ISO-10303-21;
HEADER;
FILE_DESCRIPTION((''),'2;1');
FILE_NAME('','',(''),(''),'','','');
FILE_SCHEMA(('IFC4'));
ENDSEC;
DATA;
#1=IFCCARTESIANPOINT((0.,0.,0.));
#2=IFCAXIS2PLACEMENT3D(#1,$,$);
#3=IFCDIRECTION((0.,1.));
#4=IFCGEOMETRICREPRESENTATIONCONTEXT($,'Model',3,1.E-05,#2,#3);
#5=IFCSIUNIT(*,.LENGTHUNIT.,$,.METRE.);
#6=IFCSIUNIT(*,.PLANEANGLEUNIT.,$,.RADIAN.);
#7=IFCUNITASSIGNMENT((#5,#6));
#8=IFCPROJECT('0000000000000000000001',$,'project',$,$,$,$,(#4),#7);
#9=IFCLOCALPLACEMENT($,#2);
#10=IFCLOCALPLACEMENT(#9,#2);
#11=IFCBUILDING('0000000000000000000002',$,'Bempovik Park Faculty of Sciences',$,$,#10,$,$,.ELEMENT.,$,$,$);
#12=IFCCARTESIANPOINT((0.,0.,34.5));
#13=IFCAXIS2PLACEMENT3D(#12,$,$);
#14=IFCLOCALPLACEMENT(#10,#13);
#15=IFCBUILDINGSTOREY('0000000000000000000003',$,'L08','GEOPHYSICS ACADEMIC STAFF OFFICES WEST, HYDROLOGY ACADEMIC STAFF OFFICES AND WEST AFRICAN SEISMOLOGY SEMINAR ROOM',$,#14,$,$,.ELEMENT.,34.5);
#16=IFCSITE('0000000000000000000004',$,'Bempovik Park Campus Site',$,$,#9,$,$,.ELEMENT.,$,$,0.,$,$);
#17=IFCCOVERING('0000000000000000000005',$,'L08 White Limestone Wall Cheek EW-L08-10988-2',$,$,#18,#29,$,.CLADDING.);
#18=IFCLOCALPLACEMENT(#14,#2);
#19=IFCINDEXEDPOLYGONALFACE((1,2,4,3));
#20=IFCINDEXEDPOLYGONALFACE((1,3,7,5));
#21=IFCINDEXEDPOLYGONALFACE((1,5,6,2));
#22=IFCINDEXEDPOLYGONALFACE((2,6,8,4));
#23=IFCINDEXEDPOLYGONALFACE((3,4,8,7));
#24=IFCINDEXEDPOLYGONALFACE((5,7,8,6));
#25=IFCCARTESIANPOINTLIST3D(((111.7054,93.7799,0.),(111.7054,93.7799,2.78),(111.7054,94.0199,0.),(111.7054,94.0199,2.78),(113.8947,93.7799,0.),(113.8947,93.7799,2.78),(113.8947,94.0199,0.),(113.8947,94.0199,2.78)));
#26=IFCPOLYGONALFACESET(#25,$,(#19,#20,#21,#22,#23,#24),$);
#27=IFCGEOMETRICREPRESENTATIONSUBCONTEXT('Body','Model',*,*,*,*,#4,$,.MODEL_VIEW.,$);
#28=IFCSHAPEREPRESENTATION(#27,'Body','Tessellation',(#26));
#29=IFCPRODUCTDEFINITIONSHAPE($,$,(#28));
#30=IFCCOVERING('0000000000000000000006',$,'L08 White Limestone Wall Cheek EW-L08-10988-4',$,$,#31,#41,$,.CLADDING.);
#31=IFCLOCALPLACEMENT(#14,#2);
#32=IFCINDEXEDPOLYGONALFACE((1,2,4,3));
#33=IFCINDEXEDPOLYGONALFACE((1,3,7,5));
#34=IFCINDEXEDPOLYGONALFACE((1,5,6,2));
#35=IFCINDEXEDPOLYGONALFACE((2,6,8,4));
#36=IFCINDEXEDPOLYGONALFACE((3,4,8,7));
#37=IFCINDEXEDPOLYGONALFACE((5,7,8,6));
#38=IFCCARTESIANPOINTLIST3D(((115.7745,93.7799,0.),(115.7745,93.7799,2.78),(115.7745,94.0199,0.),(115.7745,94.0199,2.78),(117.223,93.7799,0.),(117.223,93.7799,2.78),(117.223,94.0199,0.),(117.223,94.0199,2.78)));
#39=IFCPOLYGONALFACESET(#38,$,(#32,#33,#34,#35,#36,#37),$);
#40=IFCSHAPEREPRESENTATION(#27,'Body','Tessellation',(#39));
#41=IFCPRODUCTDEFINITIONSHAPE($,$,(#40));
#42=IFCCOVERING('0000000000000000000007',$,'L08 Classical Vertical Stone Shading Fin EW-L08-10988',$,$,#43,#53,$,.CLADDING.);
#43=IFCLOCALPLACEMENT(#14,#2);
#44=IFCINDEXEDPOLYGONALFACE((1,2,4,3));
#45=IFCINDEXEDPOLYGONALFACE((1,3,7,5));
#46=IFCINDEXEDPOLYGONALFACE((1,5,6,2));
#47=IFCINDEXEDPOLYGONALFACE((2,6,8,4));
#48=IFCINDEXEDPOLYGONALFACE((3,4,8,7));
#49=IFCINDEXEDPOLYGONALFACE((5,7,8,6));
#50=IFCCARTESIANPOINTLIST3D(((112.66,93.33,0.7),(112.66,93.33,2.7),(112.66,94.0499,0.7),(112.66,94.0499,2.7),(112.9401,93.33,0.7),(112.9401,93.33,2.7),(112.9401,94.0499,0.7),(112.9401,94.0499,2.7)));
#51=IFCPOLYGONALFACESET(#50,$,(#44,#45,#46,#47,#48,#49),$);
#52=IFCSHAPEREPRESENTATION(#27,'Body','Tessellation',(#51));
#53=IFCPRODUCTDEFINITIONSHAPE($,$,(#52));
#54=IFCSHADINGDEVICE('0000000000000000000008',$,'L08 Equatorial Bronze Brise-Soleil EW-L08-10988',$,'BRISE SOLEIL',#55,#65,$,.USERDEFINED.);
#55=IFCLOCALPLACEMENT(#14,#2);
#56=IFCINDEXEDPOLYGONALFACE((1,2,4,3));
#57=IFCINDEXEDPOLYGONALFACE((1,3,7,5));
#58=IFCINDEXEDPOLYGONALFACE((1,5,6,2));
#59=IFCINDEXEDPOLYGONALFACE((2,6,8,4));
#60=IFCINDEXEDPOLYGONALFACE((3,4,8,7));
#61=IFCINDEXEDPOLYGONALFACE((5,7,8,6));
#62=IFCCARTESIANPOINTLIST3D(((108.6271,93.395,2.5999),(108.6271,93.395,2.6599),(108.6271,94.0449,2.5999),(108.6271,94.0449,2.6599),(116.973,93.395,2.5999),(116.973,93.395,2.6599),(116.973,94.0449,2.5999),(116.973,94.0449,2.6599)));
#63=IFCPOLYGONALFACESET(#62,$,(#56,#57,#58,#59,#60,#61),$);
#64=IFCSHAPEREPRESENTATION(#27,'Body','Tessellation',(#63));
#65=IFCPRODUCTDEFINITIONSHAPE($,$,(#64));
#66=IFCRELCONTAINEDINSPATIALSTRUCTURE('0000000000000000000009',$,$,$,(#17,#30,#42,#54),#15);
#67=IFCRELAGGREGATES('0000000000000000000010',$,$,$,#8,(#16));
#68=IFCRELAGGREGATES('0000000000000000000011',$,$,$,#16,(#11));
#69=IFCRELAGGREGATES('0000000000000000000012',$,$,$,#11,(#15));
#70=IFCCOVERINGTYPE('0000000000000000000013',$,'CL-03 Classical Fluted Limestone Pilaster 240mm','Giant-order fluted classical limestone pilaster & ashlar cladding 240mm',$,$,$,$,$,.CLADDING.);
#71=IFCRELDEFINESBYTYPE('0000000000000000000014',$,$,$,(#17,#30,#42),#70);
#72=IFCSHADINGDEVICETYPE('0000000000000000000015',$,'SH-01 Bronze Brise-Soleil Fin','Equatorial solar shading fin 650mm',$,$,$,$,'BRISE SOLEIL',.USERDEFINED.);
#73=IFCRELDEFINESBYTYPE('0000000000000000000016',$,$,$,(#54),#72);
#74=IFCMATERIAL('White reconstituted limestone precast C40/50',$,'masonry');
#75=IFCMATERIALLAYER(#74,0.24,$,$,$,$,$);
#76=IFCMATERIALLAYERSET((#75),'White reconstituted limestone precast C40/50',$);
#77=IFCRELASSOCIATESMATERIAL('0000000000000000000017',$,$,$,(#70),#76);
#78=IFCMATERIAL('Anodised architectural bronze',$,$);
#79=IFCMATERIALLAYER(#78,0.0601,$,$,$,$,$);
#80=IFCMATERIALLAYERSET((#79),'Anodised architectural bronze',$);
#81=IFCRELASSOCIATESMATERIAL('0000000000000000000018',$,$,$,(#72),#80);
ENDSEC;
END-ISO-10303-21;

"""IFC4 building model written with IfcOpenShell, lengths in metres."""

from ifc_helpers import new_model, si_unit, direction, frame, origin, origin_2d, place, context, subcontext, project, spatial, rectangle, extrude, material, layer, layer_set, type_object, element, save


model = new_model("IFC4")

# Units and contexts
model_context = context("Model", 3, precision=1e-05, world=origin(), true_north=direction((0.0, 1.0)))
body_context = subcontext(model_context, "Body", "Model", "MODEL_VIEW")
ifc_project = project(units=[si_unit("LENGTHUNIT", "METRE"), si_unit("PLANEANGLEUNIT", "RADIAN")], contexts=[model_context])

# Site, building, storey
site_placement = place(None, origin())
site = spatial("IfcSite", under=ifc_project, at=site_placement, Name="Bempovik Park Campus Site", CompositionType="ELEMENT", RefElevation=0.0)
building_placement = place(site_placement, origin())
building = spatial("IfcBuilding", under=site, at=building_placement, Name="Bempovik Park Faculty of Sciences", CompositionType="ELEMENT")
storey_placement = place(building_placement, frame((0.0, 0.0, 34.5)))
storey = spatial("IfcBuildingStorey", under=building, at=storey_placement, Name="L08", Description="GEOPHYSICS ACADEMIC STAFF OFFICES WEST, HYDROLOGY ACADEMIC STAFF OFFICES AND WEST AFRICAN SEISMOLOGY SEMINAR ROOM", CompositionType="ELEMENT", Elevation=34.5)

# Coverings
ifc_material_1 = material(Name="White reconstituted limestone precast C40/50", Category="masonry")
ifc_layer_1 = layer(ifc_material_1, 0.24)
ifc_layer_set_1 = layer_set([ifc_layer_1], Name="White reconstituted limestone precast C40/50")
covering_type_1 = type_object("IfcCoveringType", Name="CL-03 Classical Fluted Limestone Pilaster 240mm", Description="Giant-order fluted classical limestone pilaster & ashlar cladding 240mm", PredefinedType="CLADDING", material=ifc_layer_set_1)
covering_1_placement = place(storey_placement, frame((112.8, 93.8999, 0.0), z_axis=(0.0, 0.0, 1.0), x_axis=(1.0, 0.0, 0.0)))
element("IfcCovering", 1, at=covering_1_placement, inside=storey, type_object=covering_type_1, Name="L08 White Limestone Wall Cheek EW-L08-10988-2", PredefinedType="CLADDING", context=body_context, shape_type="SweptSolid", body=[
    extrude(rectangle(XDim=2.1892, YDim=0.24, at=origin_2d()), origin(), (0.0, 0.0, 1.0), 2.78),
])
covering_2_placement = place(storey_placement, frame((116.4988, 93.8999, 0.0), z_axis=(0.0, 0.0, 1.0), x_axis=(1.0, 0.0, 0.0)))
element("IfcCovering", 2, at=covering_2_placement, inside=storey, type_object=covering_type_1, Name="L08 White Limestone Wall Cheek EW-L08-10988-4", PredefinedType="CLADDING", context=body_context, shape_type="SweptSolid", body=[
    extrude(rectangle(XDim=1.4485, YDim=0.24, at=origin_2d()), origin(), (0.0, 0.0, 1.0), 2.78),
])
covering_3_placement = place(storey_placement, frame((112.8, 93.6899, 0.7), z_axis=(0.0, 0.0, 1.0), x_axis=(1.0, 0.0, 0.0)))
element("IfcCovering", 3, at=covering_3_placement, inside=storey, type_object=covering_type_1, Name="L08 Classical Vertical Stone Shading Fin EW-L08-10988", PredefinedType="CLADDING", context=body_context, shape_type="SweptSolid", body=[
    extrude(rectangle(XDim=0.28, YDim=0.72, at=origin_2d()), origin(), (0.0, 0.0, 1.0), 2.0),
])

# Shading device
ifc_material_2 = material(Name="Anodised architectural bronze")
ifc_layer_2 = layer(ifc_material_2, 0.0601)
ifc_layer_set_2 = layer_set([ifc_layer_2], Name="Anodised architectural bronze")
shading_device_type = type_object("IfcShadingDeviceType", Name="SH-01 Bronze Brise-Soleil Fin", Description="Equatorial solar shading fin 650mm", ElementType="BRISE SOLEIL", PredefinedType="USERDEFINED", material=ifc_layer_set_2)
shading_device_placement = place(storey_placement, frame((112.8, 93.72, 2.5999), z_axis=(0.0, 0.0, 1.0), x_axis=(1.0, 0.0, 0.0)))
element("IfcShadingDevice", 4, at=shading_device_placement, inside=storey, type_object=shading_device_type, Name="L08 Equatorial Bronze Brise-Soleil EW-L08-10988", ObjectType="BRISE SOLEIL", PredefinedType="USERDEFINED", context=body_context, shape_type="SweptSolid", body=[
    extrude(rectangle(XDim=8.3459, YDim=0.6499, at=origin_2d()), origin(), (0.0, 0.0, 1.0), 0.0601),
])

save(model, "model.ifc")
